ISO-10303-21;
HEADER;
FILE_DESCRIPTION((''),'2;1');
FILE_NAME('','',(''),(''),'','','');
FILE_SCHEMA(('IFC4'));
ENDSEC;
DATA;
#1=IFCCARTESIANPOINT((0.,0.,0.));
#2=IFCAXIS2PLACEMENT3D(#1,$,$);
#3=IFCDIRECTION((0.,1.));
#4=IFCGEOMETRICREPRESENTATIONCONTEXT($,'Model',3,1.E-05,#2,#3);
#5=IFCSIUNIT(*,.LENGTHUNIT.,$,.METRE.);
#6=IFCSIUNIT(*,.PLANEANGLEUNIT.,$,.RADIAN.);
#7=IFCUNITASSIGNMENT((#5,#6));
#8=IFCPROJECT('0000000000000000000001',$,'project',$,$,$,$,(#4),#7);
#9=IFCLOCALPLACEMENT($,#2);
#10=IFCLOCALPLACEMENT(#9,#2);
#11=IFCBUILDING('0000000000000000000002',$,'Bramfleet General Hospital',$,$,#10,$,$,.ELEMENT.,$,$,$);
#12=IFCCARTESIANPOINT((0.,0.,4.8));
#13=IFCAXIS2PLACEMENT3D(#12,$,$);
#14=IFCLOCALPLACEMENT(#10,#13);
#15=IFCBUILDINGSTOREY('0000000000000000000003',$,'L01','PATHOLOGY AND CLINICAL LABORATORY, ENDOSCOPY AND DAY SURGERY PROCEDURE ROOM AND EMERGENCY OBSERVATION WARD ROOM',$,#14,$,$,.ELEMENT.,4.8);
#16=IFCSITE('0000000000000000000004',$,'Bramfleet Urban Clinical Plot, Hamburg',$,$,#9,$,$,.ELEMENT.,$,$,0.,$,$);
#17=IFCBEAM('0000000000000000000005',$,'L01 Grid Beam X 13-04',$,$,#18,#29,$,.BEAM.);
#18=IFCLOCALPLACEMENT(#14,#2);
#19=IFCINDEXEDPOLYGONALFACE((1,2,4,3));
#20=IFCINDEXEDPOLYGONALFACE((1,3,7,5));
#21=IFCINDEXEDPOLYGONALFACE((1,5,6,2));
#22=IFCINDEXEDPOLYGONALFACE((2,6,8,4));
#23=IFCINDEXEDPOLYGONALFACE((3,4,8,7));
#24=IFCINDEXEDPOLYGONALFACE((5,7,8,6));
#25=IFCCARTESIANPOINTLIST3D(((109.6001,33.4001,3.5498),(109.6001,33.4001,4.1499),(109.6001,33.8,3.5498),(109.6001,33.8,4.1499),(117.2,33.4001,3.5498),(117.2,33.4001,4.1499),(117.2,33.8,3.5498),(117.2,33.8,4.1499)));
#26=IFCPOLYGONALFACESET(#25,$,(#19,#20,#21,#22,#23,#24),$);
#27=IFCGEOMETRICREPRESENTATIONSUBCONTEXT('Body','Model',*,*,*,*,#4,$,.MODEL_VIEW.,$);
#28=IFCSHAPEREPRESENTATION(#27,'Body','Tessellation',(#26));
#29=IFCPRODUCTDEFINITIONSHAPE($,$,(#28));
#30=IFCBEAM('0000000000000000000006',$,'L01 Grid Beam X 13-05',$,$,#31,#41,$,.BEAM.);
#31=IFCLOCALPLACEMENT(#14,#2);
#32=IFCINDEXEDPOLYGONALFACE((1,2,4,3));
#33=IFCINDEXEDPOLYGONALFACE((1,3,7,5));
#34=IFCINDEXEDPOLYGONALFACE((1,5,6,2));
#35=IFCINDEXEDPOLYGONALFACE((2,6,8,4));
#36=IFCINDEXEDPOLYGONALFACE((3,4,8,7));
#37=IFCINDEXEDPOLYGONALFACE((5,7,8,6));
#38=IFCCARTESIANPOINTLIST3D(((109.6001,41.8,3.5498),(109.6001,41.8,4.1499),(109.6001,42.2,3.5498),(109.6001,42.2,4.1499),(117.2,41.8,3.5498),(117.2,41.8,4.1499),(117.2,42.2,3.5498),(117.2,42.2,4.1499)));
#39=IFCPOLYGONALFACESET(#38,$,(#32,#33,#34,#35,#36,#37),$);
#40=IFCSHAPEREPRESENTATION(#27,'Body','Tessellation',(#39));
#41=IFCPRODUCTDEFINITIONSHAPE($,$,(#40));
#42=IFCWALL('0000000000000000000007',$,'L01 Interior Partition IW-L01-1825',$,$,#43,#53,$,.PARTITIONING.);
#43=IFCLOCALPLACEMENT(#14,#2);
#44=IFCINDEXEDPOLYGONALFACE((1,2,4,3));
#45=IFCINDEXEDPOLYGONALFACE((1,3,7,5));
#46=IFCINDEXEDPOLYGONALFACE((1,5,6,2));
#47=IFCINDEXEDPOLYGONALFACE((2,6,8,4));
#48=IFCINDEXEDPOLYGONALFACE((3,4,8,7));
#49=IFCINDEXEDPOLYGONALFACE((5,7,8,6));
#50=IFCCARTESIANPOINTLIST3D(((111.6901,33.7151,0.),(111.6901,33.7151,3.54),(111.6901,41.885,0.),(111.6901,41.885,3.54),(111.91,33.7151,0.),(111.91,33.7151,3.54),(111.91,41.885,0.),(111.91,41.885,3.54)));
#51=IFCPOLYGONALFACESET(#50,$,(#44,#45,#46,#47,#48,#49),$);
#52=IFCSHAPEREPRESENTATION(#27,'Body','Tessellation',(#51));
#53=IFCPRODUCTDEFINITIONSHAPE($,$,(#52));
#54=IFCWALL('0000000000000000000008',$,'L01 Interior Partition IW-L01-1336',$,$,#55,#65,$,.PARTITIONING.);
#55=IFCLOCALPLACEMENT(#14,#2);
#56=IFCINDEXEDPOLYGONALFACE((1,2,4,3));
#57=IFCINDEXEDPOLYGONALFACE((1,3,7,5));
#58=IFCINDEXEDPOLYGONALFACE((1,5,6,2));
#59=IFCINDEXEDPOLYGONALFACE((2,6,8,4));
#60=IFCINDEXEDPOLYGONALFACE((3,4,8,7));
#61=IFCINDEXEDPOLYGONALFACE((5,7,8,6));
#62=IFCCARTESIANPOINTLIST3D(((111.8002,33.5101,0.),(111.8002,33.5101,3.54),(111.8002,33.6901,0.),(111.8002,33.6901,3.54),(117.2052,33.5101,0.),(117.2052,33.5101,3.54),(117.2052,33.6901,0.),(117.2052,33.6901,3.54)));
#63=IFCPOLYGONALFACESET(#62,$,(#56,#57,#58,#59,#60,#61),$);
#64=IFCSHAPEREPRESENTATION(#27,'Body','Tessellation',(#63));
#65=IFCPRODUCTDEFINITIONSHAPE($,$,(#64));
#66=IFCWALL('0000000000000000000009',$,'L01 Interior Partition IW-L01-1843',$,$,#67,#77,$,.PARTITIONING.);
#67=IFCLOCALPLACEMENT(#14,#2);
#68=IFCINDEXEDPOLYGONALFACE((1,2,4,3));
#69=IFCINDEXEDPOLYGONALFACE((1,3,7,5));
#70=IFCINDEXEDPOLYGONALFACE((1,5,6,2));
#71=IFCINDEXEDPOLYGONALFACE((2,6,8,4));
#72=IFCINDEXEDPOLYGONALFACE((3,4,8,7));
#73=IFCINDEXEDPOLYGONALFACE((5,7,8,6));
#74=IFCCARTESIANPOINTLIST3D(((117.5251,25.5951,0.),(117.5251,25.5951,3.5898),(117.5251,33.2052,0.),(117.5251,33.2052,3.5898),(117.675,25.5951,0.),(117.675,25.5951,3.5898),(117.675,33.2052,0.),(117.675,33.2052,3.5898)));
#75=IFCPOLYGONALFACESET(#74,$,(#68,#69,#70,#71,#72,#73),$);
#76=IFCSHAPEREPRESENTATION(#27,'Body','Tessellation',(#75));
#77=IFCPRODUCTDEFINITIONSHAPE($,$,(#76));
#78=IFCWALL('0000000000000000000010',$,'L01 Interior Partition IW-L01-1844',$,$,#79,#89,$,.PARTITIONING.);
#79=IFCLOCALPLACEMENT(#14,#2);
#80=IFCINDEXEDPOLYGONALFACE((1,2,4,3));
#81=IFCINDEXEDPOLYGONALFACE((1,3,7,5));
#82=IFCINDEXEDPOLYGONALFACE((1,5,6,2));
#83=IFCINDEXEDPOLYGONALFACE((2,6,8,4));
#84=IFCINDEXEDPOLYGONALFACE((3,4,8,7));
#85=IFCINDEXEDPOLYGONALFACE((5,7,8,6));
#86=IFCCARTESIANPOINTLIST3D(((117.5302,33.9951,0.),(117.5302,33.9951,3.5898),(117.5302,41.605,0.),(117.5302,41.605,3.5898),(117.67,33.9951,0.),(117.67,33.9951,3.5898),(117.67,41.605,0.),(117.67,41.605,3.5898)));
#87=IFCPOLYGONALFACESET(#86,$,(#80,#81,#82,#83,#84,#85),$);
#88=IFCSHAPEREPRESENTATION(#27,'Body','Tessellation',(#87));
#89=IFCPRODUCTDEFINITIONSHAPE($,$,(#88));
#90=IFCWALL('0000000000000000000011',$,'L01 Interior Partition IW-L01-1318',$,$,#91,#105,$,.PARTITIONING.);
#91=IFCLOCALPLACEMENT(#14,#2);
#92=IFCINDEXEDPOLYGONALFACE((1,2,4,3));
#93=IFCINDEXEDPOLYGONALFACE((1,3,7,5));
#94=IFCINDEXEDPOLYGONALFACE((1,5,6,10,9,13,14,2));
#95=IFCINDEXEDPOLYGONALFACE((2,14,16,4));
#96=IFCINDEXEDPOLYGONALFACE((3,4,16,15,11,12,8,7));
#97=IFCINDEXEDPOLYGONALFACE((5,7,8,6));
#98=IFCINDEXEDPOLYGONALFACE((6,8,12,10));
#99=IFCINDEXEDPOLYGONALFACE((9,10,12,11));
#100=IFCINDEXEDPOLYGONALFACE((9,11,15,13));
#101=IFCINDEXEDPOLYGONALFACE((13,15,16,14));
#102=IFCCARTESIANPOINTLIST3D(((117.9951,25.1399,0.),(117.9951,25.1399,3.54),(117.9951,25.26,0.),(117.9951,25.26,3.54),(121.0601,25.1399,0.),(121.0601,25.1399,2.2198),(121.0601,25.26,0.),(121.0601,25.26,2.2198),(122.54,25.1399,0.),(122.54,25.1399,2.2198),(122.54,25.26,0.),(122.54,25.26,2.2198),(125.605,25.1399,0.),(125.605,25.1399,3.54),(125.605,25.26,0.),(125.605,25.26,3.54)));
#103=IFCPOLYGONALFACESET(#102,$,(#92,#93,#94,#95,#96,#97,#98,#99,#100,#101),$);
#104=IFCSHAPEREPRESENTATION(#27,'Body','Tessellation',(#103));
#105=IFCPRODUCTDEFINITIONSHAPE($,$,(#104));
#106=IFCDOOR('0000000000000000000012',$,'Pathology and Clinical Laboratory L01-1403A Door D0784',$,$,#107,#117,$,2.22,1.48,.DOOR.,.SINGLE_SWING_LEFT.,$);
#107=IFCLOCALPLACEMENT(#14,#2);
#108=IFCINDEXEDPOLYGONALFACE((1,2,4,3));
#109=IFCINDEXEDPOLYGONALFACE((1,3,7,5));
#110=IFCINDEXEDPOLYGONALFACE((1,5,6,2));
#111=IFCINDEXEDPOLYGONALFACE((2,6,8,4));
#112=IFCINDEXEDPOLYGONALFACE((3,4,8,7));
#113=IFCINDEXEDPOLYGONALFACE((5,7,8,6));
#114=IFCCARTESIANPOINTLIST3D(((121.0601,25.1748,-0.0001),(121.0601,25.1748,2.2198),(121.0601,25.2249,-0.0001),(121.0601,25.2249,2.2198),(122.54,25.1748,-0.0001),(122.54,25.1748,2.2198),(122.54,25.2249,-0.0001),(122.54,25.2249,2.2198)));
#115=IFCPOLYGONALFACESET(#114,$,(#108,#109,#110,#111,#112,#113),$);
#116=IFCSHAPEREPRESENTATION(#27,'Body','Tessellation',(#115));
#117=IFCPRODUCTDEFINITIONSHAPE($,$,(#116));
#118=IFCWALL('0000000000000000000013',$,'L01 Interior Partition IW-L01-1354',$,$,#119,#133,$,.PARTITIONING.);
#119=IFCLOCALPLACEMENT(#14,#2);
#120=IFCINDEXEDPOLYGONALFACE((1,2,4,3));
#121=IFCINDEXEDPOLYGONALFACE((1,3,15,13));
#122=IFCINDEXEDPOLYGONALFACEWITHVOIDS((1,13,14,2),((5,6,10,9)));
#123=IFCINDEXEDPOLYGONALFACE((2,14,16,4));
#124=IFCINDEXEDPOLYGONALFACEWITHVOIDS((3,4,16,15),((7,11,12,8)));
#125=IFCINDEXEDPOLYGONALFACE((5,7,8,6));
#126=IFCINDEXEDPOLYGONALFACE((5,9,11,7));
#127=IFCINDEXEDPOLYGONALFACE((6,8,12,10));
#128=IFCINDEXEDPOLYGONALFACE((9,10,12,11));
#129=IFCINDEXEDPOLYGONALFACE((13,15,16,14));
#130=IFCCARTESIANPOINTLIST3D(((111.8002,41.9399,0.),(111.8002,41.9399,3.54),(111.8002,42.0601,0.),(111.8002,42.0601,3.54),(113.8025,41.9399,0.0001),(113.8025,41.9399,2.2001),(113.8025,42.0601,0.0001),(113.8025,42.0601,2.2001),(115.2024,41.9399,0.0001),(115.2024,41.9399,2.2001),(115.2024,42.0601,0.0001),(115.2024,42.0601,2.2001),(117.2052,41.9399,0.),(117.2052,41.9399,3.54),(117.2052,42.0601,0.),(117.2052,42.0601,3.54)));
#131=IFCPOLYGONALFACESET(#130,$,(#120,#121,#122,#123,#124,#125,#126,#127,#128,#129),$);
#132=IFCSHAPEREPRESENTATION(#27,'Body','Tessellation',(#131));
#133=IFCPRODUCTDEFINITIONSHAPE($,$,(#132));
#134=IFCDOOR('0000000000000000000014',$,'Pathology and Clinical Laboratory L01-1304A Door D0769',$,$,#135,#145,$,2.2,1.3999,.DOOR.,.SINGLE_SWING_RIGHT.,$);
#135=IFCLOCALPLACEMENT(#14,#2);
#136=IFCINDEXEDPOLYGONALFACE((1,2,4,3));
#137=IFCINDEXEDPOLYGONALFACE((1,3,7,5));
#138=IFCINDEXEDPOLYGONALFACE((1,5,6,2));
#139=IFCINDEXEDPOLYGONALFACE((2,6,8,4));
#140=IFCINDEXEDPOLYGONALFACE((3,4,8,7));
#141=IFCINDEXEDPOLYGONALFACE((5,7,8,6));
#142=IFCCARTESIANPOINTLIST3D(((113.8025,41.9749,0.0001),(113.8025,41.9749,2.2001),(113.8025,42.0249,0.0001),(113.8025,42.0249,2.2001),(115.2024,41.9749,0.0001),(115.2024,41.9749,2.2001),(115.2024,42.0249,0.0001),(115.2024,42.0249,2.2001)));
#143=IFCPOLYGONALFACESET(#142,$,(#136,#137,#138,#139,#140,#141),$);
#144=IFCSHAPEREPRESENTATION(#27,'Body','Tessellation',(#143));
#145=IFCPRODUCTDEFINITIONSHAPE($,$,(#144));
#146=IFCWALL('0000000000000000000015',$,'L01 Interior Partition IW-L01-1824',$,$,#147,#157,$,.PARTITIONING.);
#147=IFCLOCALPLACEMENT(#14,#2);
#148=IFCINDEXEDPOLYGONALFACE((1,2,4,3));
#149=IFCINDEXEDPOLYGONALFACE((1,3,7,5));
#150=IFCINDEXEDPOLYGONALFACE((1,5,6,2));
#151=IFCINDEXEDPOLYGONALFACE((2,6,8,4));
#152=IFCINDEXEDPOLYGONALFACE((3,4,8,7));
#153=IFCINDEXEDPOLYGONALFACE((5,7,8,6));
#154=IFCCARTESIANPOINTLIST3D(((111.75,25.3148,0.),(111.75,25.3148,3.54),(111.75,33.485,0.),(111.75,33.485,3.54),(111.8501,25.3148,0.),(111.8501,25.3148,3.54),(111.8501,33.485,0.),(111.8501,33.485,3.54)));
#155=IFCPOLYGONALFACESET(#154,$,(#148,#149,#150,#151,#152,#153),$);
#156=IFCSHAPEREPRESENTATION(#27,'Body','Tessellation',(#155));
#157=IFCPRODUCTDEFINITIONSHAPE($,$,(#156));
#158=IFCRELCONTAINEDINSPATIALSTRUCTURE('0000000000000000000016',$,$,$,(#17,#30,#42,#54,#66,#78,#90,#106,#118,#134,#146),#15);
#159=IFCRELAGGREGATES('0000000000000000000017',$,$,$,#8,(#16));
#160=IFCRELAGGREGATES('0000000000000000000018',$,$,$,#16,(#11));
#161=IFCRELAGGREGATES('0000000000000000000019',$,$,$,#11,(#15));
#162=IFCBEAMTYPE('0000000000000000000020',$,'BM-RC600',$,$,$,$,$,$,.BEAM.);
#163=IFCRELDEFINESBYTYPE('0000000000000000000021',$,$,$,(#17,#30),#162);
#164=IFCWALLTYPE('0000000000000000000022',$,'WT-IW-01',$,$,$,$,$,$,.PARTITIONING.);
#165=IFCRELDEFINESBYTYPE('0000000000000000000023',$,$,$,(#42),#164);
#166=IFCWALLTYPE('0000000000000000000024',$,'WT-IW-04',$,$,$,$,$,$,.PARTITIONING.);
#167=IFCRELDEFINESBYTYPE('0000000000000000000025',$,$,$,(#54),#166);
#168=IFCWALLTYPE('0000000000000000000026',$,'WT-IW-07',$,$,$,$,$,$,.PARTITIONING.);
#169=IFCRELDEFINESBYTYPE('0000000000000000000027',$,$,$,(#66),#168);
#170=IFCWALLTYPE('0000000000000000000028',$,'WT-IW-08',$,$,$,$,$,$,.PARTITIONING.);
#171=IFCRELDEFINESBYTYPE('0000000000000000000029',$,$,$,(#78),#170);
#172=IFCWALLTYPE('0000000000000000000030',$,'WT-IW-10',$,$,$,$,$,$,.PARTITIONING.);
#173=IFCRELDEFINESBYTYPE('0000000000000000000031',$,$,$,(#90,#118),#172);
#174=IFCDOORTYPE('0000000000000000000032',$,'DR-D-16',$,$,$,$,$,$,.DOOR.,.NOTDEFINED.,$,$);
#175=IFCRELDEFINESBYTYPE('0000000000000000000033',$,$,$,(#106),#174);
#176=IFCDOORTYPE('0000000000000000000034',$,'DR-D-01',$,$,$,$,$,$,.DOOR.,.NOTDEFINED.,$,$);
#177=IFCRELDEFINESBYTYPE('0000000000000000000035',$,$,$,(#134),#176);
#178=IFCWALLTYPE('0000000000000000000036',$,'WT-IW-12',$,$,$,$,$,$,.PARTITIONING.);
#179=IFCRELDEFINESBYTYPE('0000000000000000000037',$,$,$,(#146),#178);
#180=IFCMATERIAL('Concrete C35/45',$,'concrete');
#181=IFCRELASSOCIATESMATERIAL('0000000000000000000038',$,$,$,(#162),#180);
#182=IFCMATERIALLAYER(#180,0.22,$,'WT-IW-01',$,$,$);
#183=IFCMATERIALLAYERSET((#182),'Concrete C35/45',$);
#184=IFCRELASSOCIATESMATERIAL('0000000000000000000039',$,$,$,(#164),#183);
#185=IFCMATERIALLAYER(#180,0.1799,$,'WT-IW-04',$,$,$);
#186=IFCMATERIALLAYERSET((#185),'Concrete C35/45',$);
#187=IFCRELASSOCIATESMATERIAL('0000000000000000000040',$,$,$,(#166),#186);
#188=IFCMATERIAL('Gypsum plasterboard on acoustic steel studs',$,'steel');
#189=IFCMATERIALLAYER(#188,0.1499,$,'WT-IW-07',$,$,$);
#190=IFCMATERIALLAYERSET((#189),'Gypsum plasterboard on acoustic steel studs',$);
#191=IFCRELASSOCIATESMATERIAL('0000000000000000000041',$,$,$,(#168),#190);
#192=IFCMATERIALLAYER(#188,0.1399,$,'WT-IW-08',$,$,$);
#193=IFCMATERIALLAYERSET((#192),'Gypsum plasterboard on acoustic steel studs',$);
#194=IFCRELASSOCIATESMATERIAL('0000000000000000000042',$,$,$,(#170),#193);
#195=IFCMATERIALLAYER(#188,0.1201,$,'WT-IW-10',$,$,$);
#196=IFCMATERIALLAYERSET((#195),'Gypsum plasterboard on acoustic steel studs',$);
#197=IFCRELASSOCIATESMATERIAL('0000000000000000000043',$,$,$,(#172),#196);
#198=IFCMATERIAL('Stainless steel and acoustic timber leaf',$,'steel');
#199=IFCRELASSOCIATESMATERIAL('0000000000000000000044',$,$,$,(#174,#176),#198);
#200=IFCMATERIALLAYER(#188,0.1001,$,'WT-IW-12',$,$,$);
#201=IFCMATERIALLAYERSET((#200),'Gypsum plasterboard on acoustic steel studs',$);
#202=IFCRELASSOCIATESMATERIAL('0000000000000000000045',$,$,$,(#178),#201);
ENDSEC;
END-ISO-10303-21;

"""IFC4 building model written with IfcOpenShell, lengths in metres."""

from ifc_helpers import new_model, si_unit, direction, frame, frame_2d, origin, origin_2d, place, context, subcontext, project, spatial, rectangle, extrude, material, layer, layer_set, material_profile, profile_set, type_object, element, fill, save


model = new_model("IFC4")

# Units and contexts
model_context = context("Model", 3, precision=1e-05, world=origin(), true_north=direction((0.0, 1.0)))
body_context = subcontext(model_context, "Body", "Model", "MODEL_VIEW")
ifc_project = project(units=[si_unit("LENGTHUNIT", "METRE"), si_unit("PLANEANGLEUNIT", "RADIAN")], contexts=[model_context])

# Site, building, storey
site_placement = place(None, origin())
site = spatial("IfcSite", under=ifc_project, at=site_placement, Name="Bramfleet Urban Clinical Plot, Hamburg", CompositionType="ELEMENT", RefElevation=0.0)
building_placement = place(site_placement, origin())
building = spatial("IfcBuilding", under=site, at=building_placement, Name="Bramfleet General Hospital", CompositionType="ELEMENT")
storey_placement = place(building_placement, frame((0.0, 0.0, 4.8)))
storey = spatial("IfcBuildingStorey", under=building, at=storey_placement, Name="L01", Description="PATHOLOGY AND CLINICAL LABORATORY, ENDOSCOPY AND DAY SURGERY PROCEDURE ROOM AND EMERGENCY OBSERVATION WARD ROOM", CompositionType="ELEMENT", Elevation=4.8)

# Beams
ifc_material_1 = material(Name="Concrete C35/45", Category="concrete")
ifc_material_profile_1 = material_profile(ifc_material_1, rectangle(XDim=0.3999, YDim=0.6001, at=origin_2d()), Name="RC BM 600x400")
ifc_profile_set_1 = profile_set([ifc_material_profile_1], Name="Concrete C35/45")
beam_type_1 = type_object("IfcBeamType", Name="BM-RC600", PredefinedType="BEAM", material=ifc_profile_set_1)
for number, where, z_axis, x_axis, name in (
    (1, (109.6001, 33.6001, 3.8499), (1.0, 0.0, 0.0), (0.0, 1.0, 0.0), "L01 Grid Beam X 13-04"),
    (2, (109.6001, 42.0, 3.8499), (1.0, 0.0, 0.0), (0.0, 1.0, 0.0), "L01 Grid Beam X 13-05"),
):
    element("IfcBeam", number, at=place(storey_placement, frame(where, z_axis=z_axis, x_axis=x_axis)), inside=storey, type_object=beam_type_1, Name=name, PredefinedType="BEAM", context=body_context, shape_type="SweptSolid", body=[
        extrude(rectangle(XDim=0.3999, YDim=0.6001, at=origin_2d()), origin(), (0.0, 0.0, 1.0), 7.5999),
    ])

# Walls
ifc_layer_1 = layer(ifc_material_1, 0.22, Name="WT-IW-01")
ifc_layer_set_1 = layer_set([ifc_layer_1], Name="Concrete C35/45")
wall_type_1 = type_object("IfcWallType", Name="WT-IW-01", PredefinedType="PARTITIONING", material=ifc_layer_set_1)
wall_1_placement = place(storey_placement, frame((111.8, 33.7151, 0.0), z_axis=(0.0, 0.0, 1.0), x_axis=(0.0, 1.0, 0.0)))
element("IfcWall", 3, at=wall_1_placement, inside=storey, type_object=wall_type_1, Name="L01 Interior Partition IW-L01-1825", PredefinedType="PARTITIONING", context=body_context, shape_type="SweptSolid", body=[
    extrude(rectangle(XDim=8.1699, YDim=0.22, at=frame_2d((4.085, 0.0))), origin(), (0.0, 0.0, 1.0), 3.54),
])
ifc_layer_2 = layer(ifc_material_1, 0.1799, Name="WT-IW-04")
ifc_layer_set_2 = layer_set([ifc_layer_2], Name="Concrete C35/45")
wall_type_2 = type_object("IfcWallType", Name="WT-IW-04", PredefinedType="PARTITIONING", material=ifc_layer_set_2)
wall_2_placement = place(storey_placement, frame((111.8, 33.6001, 0.0), z_axis=(0.0, 0.0, 1.0), x_axis=(1.0, 0.0, 0.0)))
element("IfcWall", 4, at=wall_2_placement, inside=storey, type_object=wall_type_2, Name="L01 Interior Partition IW-L01-1336", PredefinedType="PARTITIONING", context=body_context, shape_type="SweptSolid", body=[
    extrude(rectangle(XDim=5.405, YDim=0.1799, at=frame_2d((2.7026, 0.0))), origin(), (0.0, 0.0, 1.0), 3.54),
])
ifc_material_2 = material(Name="Gypsum plasterboard on acoustic steel studs", Category="steel")
ifc_layer_3 = layer(ifc_material_2, 0.1499, Name="WT-IW-07")
ifc_layer_set_3 = layer_set([ifc_layer_3], Name="Gypsum plasterboard on acoustic steel studs")
wall_type_3 = type_object("IfcWallType", Name="WT-IW-07", PredefinedType="PARTITIONING", material=ifc_layer_set_3)
wall_3_placement = place(storey_placement, frame((117.6001, 25.595, 0.0), z_axis=(0.0, 0.0, 1.0), x_axis=(0.0, 1.0, 0.0)))
element("IfcWall", 5, at=wall_3_placement, inside=storey, type_object=wall_type_3, Name="L01 Interior Partition IW-L01-1843", PredefinedType="PARTITIONING", context=body_context, shape_type="SweptSolid", body=[
    extrude(rectangle(XDim=7.6101, YDim=0.1499, at=frame_2d((3.8052, 0.0))), origin(), (0.0, 0.0, 1.0), 3.5898),
])
ifc_layer_4 = layer(ifc_material_2, 0.1399, Name="WT-IW-08")
ifc_layer_set_4 = layer_set([ifc_layer_4], Name="Gypsum plasterboard on acoustic steel studs")
wall_type_4 = type_object("IfcWallType", Name="WT-IW-08", PredefinedType="PARTITIONING", material=ifc_layer_set_4)
wall_4_placement = place(storey_placement, frame((117.6001, 33.9951, 0.0), z_axis=(0.0, 0.0, 1.0), x_axis=(0.0, 1.0, 0.0)))
element("IfcWall", 6, at=wall_4_placement, inside=storey, type_object=wall_type_4, Name="L01 Interior Partition IW-L01-1844", PredefinedType="PARTITIONING", context=body_context, shape_type="SweptSolid", body=[
    extrude(rectangle(XDim=7.6099, YDim=0.1399, at=frame_2d((3.8049, 0.0))), origin(), (0.0, 0.0, 1.0), 3.5898),
])

# Walls, openings, doors
ifc_layer_5 = layer(ifc_material_2, 0.1201, Name="WT-IW-10")
ifc_layer_set_5 = layer_set([ifc_layer_5], Name="Gypsum plasterboard on acoustic steel studs")
wall_type_5 = type_object("IfcWallType", Name="WT-IW-10", PredefinedType="PARTITIONING", material=ifc_layer_set_5)
wall_5_placement = place(storey_placement, frame((117.9951, 25.2, 0.0), z_axis=(0.0, 0.0, 1.0), x_axis=(1.0, 0.0, 0.0)))
wall_5 = element("IfcWall", 7, at=wall_5_placement, inside=storey, type_object=wall_type_5, Name="L01 Interior Partition IW-L01-1318", PredefinedType="PARTITIONING", context=body_context, shape_type="SweptSolid", body=[
    extrude(rectangle(XDim=7.6099, YDim=0.1201, at=frame_2d((3.8049, 0.0))), origin(), (0.0, 0.0, 1.0), 3.54),
])
opening_1_placement = place(wall_5_placement, frame((3.0649, 0.0, 0.0)))
opening_1 = element("IfcOpeningElement", 8, at=opening_1_placement, cuts=wall_5, PredefinedType="OPENING", context=body_context, shape_type="SweptSolid", body=[
    extrude(rectangle(XDim=1.48, YDim=2.22, at=frame_2d((0.74, 1.1099))), frame((0.0, 0.0701, 0.0), z_axis=(0.0, -1.0, 0.0), x_axis=(1.0, 0.0, 0.0)), (0.0, 0.0, 1.0), 0.1401),
])
ifc_material_3 = material(Name="Stainless steel and acoustic timber leaf", Category="steel")
door_type_1 = type_object("IfcDoorType", Name="DR-D-16", OperationType="NOTDEFINED", PredefinedType="DOOR", material=ifc_material_3)
door_1_placement = place(opening_1_placement, origin())
door_1 = element("IfcDoor", 9, at=door_1_placement, inside=storey, type_object=door_type_1, Name="Pathology and Clinical Laboratory L01-1403A Door D0784", OperationType="SINGLE_SWING_LEFT", OverallHeight=2.22, OverallWidth=1.48, PredefinedType="DOOR", context=body_context, shape_type="SweptSolid", body=[
    extrude(rectangle(XDim=1.48, YDim=2.22, at=frame_2d((0.74, 1.1099))), frame((0.0, 0.0249, 0.0), z_axis=(0.0, -1.0, 0.0), x_axis=(1.0, 0.0, 0.0)), (0.0, 0.0, 1.0), 0.05),
])
fill(opening_1, door_1)
wall_6_placement = place(storey_placement, frame((111.8, 42.0, 0.0), z_axis=(0.0, 0.0, 1.0), x_axis=(1.0, 0.0, 0.0)))
wall_6 = element("IfcWall", 10, at=wall_6_placement, inside=storey, type_object=wall_type_5, Name="L01 Interior Partition IW-L01-1354", PredefinedType="PARTITIONING", context=body_context, shape_type="SweptSolid", body=[
    extrude(rectangle(XDim=5.405, YDim=0.1201, at=frame_2d((2.7026, 0.0))), origin(), (0.0, 0.0, 1.0), 3.54),
])
opening_2_placement = place(wall_6_placement, frame((2.0024, 0.0, 0.0)))
opening_2 = element("IfcOpeningElement", 11, at=opening_2_placement, cuts=wall_6, PredefinedType="OPENING", context=body_context, shape_type="SweptSolid", body=[
    extrude(rectangle(XDim=1.3999, YDim=2.2, at=frame_2d((0.7, 1.1001))), frame((0.0, 0.0701, 0.0), z_axis=(0.0, -1.0, 0.0), x_axis=(1.0, 0.0, 0.0)), (0.0, 0.0, 1.0), 0.1401),
])
door_type_2 = type_object("IfcDoorType", Name="DR-D-01", OperationType="NOTDEFINED", PredefinedType="DOOR", material=ifc_material_3)
door_2_placement = place(opening_2_placement, origin())
door_2 = element("IfcDoor", 12, at=door_2_placement, inside=storey, type_object=door_type_2, Name="Pathology and Clinical Laboratory L01-1304A Door D0769", OperationType="SINGLE_SWING_RIGHT", OverallHeight=2.2, OverallWidth=1.3999, PredefinedType="DOOR", context=body_context, shape_type="SweptSolid", body=[
    extrude(rectangle(XDim=1.3999, YDim=2.2, at=frame_2d((0.7, 1.1001))), frame((0.0, 0.0249, 0.0), z_axis=(0.0, -1.0, 0.0), x_axis=(1.0, 0.0, 0.0)), (0.0, 0.0, 1.0), 0.05),
])
fill(opening_2, door_2)

# Wall
ifc_layer_6 = layer(ifc_material_2, 0.1001, Name="WT-IW-12")
ifc_layer_set_6 = layer_set([ifc_layer_6], Name="Gypsum plasterboard on acoustic steel studs")
wall_type_6 = type_object("IfcWallType", Name="WT-IW-12", PredefinedType="PARTITIONING", material=ifc_layer_set_6)
wall_7_placement = place(storey_placement, frame((111.8, 25.3149, 0.0), z_axis=(0.0, 0.0, 1.0), x_axis=(0.0, 1.0, 0.0)))
element("IfcWall", 13, at=wall_7_placement, inside=storey, type_object=wall_type_6, Name="L01 Interior Partition IW-L01-1824", PredefinedType="PARTITIONING", context=body_context, shape_type="SweptSolid", body=[
    extrude(rectangle(XDim=8.1702, YDim=0.1001, at=frame_2d((4.085, 0.0))), origin(), (0.0, 0.0, 1.0), 3.54),
])

save(model, "model.ifc")
